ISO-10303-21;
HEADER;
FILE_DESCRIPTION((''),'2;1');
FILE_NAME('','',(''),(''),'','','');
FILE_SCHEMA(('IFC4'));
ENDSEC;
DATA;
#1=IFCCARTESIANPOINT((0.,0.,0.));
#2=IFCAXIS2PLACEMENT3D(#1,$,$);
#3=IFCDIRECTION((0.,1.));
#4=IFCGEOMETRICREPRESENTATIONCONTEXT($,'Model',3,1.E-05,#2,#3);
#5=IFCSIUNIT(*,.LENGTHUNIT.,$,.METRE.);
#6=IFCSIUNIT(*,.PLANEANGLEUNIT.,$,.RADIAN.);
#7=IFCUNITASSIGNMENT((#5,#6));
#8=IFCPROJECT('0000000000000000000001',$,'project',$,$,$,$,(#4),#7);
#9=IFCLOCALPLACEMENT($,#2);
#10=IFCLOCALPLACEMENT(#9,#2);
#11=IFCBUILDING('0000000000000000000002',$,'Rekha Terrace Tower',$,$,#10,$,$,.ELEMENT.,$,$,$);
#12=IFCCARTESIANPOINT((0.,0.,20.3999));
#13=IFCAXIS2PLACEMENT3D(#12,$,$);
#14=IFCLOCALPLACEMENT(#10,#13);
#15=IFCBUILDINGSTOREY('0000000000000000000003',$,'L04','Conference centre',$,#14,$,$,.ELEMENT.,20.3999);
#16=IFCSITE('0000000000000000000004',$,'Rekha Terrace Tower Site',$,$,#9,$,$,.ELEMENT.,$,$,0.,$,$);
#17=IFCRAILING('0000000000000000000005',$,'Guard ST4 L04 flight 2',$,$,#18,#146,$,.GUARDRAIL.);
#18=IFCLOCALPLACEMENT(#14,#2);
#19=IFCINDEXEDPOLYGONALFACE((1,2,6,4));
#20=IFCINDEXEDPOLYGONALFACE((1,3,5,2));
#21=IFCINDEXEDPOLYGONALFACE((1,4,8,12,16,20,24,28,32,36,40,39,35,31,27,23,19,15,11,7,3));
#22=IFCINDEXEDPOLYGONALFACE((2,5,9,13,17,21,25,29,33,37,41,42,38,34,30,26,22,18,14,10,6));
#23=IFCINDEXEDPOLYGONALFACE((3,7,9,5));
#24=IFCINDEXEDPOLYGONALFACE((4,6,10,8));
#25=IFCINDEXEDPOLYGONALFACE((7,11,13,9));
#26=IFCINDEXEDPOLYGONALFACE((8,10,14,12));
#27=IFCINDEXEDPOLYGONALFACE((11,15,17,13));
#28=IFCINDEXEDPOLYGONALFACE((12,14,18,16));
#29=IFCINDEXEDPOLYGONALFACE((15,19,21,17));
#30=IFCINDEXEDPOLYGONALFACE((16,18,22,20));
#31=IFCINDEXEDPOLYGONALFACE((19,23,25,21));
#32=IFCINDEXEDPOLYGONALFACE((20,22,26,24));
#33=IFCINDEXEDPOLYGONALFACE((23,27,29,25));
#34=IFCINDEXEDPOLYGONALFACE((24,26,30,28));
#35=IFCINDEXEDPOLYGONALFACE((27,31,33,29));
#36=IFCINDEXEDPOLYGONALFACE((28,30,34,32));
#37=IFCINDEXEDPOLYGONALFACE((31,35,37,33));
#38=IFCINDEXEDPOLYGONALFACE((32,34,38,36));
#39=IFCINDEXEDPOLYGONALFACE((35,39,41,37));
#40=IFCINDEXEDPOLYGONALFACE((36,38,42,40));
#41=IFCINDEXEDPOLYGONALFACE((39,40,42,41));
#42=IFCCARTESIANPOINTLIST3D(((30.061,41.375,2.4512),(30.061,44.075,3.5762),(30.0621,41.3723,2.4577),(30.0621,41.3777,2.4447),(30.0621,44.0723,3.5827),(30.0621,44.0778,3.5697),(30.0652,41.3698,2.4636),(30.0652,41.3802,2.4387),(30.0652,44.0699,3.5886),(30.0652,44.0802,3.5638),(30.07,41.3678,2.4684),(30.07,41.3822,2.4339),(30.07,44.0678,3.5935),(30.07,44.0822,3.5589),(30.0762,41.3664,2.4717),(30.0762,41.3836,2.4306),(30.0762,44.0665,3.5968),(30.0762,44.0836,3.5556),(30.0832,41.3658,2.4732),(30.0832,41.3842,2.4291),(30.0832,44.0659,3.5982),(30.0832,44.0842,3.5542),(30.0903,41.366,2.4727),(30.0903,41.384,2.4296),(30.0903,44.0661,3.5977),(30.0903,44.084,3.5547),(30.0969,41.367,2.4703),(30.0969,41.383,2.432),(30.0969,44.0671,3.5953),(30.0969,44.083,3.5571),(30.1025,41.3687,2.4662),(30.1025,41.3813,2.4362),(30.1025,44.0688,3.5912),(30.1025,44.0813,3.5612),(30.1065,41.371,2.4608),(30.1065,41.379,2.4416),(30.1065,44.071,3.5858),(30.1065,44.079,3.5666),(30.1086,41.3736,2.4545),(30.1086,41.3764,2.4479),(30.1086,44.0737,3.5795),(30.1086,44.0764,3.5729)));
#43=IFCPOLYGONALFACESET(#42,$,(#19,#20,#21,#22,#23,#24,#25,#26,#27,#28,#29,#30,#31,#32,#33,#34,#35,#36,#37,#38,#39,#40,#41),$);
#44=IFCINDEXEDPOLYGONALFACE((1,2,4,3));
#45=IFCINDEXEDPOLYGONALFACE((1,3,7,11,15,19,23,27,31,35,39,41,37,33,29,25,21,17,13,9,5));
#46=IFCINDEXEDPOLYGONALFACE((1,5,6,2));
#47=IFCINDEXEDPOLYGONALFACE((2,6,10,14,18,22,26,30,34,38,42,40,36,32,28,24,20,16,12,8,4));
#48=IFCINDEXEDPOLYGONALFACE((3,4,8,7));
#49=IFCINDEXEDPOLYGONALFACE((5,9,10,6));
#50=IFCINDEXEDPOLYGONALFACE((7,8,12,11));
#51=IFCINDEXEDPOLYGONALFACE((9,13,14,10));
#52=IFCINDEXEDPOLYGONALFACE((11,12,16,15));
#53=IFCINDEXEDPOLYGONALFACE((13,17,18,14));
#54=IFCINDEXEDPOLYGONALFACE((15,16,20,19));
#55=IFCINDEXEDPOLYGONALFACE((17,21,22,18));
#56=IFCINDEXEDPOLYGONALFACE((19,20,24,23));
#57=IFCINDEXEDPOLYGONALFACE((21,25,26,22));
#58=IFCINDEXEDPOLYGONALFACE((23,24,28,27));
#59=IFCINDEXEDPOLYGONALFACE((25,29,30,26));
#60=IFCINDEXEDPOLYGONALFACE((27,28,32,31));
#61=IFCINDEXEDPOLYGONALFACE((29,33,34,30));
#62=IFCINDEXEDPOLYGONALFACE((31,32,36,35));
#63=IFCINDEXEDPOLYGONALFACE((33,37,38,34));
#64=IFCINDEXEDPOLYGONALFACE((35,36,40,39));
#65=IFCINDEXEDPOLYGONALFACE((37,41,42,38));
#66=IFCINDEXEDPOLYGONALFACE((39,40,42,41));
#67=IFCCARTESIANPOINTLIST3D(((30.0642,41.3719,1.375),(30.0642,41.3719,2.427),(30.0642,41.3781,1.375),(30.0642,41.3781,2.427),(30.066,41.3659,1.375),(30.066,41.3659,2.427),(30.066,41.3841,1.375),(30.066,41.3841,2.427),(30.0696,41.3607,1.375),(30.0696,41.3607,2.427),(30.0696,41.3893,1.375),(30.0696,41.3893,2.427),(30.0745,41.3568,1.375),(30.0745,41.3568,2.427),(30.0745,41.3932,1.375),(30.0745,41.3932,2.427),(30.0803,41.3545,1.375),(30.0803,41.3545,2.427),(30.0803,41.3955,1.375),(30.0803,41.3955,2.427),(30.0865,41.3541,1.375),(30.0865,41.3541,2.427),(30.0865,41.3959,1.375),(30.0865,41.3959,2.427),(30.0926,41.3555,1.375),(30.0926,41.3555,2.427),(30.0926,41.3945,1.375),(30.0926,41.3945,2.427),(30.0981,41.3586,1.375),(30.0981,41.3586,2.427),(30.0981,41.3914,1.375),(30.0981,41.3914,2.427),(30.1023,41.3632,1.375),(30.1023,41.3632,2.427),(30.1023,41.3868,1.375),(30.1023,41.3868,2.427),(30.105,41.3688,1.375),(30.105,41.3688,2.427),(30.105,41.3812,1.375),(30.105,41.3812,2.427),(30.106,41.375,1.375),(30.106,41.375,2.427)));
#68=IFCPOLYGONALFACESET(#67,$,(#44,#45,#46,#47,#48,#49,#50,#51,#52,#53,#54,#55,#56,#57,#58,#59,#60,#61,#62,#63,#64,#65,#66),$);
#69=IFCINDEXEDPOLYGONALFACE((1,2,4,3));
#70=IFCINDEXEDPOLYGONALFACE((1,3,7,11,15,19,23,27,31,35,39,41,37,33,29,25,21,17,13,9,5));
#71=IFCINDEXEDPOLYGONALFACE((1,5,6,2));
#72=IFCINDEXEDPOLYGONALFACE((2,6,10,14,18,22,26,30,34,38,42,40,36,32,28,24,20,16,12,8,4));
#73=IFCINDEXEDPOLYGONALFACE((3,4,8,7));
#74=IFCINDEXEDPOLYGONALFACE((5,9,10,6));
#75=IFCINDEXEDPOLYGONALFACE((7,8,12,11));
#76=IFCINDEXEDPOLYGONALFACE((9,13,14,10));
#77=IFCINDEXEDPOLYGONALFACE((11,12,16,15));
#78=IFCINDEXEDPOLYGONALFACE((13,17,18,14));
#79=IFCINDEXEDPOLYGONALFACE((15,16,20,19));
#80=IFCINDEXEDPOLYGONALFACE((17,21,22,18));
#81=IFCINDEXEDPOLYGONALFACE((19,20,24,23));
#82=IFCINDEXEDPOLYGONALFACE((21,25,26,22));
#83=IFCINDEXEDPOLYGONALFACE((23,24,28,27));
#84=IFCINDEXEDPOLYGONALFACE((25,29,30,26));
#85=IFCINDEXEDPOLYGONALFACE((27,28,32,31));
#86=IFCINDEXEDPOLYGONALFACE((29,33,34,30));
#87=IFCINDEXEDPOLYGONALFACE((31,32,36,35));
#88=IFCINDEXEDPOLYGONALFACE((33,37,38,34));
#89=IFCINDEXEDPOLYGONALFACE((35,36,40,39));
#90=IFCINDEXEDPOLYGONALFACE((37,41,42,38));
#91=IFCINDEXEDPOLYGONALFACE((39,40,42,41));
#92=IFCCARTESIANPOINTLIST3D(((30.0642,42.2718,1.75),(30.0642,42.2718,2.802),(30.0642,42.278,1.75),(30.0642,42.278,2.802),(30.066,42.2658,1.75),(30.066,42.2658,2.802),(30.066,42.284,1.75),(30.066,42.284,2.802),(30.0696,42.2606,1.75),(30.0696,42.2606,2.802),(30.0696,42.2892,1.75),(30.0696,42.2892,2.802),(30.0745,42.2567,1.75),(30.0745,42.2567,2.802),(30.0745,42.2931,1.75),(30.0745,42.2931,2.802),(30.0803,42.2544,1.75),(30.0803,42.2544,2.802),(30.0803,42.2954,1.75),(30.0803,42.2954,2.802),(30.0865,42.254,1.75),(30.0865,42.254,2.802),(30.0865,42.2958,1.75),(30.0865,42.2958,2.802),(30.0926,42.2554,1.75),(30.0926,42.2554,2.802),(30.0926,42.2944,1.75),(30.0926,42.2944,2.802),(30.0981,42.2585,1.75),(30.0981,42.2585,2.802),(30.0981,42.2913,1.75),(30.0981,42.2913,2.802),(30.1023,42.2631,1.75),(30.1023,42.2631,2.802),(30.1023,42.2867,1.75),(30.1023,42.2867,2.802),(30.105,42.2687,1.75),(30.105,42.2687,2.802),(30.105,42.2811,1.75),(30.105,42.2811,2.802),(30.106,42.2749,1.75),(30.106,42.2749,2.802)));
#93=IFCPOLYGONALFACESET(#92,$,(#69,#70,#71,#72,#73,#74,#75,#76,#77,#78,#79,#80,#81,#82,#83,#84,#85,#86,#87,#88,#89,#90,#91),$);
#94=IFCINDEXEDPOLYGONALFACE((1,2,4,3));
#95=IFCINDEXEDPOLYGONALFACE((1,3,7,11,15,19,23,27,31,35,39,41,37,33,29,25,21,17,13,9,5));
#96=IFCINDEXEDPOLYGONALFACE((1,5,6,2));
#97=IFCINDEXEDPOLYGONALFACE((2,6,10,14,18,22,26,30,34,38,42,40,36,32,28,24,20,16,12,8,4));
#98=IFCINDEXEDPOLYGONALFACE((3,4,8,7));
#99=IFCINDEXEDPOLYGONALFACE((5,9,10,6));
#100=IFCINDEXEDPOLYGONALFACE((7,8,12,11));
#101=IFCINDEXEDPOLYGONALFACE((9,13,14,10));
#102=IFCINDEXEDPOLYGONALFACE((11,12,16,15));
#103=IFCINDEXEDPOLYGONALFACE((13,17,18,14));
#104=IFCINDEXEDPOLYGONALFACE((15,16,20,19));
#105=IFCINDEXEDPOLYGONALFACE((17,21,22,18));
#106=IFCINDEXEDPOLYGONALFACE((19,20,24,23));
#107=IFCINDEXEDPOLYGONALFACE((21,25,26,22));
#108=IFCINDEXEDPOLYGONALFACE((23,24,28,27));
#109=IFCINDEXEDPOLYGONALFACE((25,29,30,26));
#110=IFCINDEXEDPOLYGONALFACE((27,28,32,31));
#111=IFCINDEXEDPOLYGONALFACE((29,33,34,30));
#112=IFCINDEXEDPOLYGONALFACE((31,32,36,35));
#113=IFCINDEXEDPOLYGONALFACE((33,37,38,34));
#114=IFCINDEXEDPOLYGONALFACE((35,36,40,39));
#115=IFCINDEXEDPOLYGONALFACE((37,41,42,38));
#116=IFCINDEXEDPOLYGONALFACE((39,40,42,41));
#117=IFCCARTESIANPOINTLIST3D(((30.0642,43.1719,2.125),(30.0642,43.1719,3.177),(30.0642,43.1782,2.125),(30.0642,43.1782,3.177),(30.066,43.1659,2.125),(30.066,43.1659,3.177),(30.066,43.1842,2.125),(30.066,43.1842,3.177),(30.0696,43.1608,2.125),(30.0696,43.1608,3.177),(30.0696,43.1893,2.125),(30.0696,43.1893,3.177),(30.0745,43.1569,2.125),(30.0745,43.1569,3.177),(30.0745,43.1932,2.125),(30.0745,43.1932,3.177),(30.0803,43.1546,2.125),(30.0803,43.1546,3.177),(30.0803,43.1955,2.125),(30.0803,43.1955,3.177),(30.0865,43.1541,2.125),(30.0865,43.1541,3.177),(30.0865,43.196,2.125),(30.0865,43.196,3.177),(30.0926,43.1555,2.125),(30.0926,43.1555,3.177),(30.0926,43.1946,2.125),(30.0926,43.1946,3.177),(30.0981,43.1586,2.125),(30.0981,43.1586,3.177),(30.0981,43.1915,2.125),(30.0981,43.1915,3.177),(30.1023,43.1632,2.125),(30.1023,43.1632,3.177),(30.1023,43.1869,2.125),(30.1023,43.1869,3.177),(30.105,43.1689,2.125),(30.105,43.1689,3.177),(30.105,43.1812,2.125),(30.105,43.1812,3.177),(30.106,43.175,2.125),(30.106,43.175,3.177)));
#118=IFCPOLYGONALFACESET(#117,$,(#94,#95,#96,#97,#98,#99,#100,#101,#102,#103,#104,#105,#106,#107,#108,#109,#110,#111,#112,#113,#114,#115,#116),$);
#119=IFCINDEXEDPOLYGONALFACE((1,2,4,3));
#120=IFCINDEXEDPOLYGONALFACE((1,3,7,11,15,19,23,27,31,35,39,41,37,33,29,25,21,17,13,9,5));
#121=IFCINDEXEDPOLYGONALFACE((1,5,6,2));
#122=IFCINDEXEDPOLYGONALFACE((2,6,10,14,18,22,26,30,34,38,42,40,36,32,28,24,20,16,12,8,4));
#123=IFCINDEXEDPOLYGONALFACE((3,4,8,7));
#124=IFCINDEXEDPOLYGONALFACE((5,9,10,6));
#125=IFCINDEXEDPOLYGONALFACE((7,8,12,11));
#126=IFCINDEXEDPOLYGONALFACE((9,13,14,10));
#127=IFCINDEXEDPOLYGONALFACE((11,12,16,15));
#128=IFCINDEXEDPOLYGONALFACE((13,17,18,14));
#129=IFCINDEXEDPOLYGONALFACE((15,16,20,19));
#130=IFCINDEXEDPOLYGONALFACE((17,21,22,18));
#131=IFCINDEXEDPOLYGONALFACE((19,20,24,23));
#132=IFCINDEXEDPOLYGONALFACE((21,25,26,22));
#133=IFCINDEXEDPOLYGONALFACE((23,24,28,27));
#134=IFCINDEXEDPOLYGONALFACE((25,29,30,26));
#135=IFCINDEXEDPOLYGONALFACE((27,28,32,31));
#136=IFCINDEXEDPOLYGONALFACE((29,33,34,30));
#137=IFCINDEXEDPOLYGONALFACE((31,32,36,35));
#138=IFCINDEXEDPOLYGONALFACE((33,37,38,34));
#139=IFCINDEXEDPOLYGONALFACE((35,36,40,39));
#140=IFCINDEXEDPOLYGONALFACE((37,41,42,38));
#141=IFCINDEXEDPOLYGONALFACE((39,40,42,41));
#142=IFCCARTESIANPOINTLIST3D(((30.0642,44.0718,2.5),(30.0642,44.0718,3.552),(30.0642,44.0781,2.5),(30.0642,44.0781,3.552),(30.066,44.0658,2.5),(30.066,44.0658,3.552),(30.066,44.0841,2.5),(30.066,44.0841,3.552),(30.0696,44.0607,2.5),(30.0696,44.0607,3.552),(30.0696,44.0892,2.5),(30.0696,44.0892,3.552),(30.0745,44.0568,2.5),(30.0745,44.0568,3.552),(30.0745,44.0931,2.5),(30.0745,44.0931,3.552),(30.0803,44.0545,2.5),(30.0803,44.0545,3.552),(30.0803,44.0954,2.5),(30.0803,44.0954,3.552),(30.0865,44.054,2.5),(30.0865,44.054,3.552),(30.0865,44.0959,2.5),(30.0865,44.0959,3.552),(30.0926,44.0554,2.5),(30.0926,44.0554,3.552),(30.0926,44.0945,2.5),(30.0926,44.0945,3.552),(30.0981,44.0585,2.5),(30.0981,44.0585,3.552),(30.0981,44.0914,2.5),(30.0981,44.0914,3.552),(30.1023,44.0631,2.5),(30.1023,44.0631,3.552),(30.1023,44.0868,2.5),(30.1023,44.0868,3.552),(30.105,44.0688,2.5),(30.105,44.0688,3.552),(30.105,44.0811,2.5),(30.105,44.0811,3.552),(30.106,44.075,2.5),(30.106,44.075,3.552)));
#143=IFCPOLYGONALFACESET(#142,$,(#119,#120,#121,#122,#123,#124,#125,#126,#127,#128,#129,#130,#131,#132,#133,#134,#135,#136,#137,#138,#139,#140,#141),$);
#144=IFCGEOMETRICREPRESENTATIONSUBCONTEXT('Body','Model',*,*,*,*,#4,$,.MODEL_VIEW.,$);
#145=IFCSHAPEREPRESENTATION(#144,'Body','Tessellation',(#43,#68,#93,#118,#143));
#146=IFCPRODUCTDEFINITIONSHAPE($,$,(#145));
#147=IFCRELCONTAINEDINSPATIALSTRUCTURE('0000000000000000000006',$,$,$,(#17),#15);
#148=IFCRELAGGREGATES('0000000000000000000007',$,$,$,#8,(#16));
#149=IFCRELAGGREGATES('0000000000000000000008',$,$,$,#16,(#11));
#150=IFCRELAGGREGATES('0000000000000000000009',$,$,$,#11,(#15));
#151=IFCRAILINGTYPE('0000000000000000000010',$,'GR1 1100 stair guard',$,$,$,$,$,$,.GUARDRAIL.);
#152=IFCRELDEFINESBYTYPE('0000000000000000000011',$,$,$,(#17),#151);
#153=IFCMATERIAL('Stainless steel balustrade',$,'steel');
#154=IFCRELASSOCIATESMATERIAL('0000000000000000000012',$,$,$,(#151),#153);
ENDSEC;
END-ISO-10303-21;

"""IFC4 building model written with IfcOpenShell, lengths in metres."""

from ifc_helpers import new_model, si_unit, direction, frame, origin, origin_2d, place, context, subcontext, project, spatial, circle, extrude, material, type_object, element, save


model = new_model("IFC4")

# Units and contexts
model_context = context("Model", 3, precision=1e-05, world=origin(), true_north=direction((0.0, 1.0)))
body_context = subcontext(model_context, "Body", "Model", "MODEL_VIEW")
ifc_project = project(units=[si_unit("LENGTHUNIT", "METRE"), si_unit("PLANEANGLEUNIT", "RADIAN")], contexts=[model_context])

# Site, building, storey
site_placement = place(None, origin())
site = spatial("IfcSite", under=ifc_project, at=site_placement, Name="Rekha Terrace Tower Site", CompositionType="ELEMENT", RefElevation=0.0)
building_placement = place(site_placement, origin())
building = spatial("IfcBuilding", under=site, at=building_placement, Name="Rekha Terrace Tower", CompositionType="ELEMENT")
storey_placement = place(building_placement, frame((0.0, 0.0, 20.3999)))
storey = spatial("IfcBuildingStorey", under=building, at=storey_placement, Name="L04", Description="Conference centre", CompositionType="ELEMENT", Elevation=20.3999)

# Railing
ifc_material_1 = material(Name="Stainless steel balustrade", Category="steel")
railing_type_1 = type_object("IfcRailingType", Name="GR1 1100 stair guard", PredefinedType="GUARDRAIL", material=ifc_material_1)
railing_1_placement = place(storey_placement, frame((30.085, 41.375, 1.375)))
element("IfcRailing", 1, at=railing_1_placement, inside=storey, type_object=railing_type_1, Name="Guard ST4 L04 flight 2", PredefinedType="GUARDRAIL", context=body_context, shape_type="SweptSolid", body=[
    extrude(circle(Radius=0.0239, at=origin_2d()), frame((0.0, 0.0, 1.0762), z_axis=(0.0, 0.923074, 0.384621), x_axis=(-1.0, 0.0, 0.0)), (0.0, 0.0, 1.0), 2.925),
    extrude(circle(Radius=0.021, at=origin_2d()), origin(), (0.0, 0.0, 1.0), 1.052),
    extrude(circle(Radius=0.021, at=origin_2d()), frame((0.0, 0.8999, 0.375)), (0.0, 0.0, 1.0), 1.052),
    extrude(circle(Radius=0.021, at=origin_2d()), frame((0.0, 1.8, 0.75)), (0.0, 0.0, 1.0), 1.052),
    extrude(circle(Radius=0.021, at=origin_2d()), frame((0.0, 2.7, 1.125)), (0.0, 0.0, 1.0), 1.052),
])

save(model, "model.ifc")
